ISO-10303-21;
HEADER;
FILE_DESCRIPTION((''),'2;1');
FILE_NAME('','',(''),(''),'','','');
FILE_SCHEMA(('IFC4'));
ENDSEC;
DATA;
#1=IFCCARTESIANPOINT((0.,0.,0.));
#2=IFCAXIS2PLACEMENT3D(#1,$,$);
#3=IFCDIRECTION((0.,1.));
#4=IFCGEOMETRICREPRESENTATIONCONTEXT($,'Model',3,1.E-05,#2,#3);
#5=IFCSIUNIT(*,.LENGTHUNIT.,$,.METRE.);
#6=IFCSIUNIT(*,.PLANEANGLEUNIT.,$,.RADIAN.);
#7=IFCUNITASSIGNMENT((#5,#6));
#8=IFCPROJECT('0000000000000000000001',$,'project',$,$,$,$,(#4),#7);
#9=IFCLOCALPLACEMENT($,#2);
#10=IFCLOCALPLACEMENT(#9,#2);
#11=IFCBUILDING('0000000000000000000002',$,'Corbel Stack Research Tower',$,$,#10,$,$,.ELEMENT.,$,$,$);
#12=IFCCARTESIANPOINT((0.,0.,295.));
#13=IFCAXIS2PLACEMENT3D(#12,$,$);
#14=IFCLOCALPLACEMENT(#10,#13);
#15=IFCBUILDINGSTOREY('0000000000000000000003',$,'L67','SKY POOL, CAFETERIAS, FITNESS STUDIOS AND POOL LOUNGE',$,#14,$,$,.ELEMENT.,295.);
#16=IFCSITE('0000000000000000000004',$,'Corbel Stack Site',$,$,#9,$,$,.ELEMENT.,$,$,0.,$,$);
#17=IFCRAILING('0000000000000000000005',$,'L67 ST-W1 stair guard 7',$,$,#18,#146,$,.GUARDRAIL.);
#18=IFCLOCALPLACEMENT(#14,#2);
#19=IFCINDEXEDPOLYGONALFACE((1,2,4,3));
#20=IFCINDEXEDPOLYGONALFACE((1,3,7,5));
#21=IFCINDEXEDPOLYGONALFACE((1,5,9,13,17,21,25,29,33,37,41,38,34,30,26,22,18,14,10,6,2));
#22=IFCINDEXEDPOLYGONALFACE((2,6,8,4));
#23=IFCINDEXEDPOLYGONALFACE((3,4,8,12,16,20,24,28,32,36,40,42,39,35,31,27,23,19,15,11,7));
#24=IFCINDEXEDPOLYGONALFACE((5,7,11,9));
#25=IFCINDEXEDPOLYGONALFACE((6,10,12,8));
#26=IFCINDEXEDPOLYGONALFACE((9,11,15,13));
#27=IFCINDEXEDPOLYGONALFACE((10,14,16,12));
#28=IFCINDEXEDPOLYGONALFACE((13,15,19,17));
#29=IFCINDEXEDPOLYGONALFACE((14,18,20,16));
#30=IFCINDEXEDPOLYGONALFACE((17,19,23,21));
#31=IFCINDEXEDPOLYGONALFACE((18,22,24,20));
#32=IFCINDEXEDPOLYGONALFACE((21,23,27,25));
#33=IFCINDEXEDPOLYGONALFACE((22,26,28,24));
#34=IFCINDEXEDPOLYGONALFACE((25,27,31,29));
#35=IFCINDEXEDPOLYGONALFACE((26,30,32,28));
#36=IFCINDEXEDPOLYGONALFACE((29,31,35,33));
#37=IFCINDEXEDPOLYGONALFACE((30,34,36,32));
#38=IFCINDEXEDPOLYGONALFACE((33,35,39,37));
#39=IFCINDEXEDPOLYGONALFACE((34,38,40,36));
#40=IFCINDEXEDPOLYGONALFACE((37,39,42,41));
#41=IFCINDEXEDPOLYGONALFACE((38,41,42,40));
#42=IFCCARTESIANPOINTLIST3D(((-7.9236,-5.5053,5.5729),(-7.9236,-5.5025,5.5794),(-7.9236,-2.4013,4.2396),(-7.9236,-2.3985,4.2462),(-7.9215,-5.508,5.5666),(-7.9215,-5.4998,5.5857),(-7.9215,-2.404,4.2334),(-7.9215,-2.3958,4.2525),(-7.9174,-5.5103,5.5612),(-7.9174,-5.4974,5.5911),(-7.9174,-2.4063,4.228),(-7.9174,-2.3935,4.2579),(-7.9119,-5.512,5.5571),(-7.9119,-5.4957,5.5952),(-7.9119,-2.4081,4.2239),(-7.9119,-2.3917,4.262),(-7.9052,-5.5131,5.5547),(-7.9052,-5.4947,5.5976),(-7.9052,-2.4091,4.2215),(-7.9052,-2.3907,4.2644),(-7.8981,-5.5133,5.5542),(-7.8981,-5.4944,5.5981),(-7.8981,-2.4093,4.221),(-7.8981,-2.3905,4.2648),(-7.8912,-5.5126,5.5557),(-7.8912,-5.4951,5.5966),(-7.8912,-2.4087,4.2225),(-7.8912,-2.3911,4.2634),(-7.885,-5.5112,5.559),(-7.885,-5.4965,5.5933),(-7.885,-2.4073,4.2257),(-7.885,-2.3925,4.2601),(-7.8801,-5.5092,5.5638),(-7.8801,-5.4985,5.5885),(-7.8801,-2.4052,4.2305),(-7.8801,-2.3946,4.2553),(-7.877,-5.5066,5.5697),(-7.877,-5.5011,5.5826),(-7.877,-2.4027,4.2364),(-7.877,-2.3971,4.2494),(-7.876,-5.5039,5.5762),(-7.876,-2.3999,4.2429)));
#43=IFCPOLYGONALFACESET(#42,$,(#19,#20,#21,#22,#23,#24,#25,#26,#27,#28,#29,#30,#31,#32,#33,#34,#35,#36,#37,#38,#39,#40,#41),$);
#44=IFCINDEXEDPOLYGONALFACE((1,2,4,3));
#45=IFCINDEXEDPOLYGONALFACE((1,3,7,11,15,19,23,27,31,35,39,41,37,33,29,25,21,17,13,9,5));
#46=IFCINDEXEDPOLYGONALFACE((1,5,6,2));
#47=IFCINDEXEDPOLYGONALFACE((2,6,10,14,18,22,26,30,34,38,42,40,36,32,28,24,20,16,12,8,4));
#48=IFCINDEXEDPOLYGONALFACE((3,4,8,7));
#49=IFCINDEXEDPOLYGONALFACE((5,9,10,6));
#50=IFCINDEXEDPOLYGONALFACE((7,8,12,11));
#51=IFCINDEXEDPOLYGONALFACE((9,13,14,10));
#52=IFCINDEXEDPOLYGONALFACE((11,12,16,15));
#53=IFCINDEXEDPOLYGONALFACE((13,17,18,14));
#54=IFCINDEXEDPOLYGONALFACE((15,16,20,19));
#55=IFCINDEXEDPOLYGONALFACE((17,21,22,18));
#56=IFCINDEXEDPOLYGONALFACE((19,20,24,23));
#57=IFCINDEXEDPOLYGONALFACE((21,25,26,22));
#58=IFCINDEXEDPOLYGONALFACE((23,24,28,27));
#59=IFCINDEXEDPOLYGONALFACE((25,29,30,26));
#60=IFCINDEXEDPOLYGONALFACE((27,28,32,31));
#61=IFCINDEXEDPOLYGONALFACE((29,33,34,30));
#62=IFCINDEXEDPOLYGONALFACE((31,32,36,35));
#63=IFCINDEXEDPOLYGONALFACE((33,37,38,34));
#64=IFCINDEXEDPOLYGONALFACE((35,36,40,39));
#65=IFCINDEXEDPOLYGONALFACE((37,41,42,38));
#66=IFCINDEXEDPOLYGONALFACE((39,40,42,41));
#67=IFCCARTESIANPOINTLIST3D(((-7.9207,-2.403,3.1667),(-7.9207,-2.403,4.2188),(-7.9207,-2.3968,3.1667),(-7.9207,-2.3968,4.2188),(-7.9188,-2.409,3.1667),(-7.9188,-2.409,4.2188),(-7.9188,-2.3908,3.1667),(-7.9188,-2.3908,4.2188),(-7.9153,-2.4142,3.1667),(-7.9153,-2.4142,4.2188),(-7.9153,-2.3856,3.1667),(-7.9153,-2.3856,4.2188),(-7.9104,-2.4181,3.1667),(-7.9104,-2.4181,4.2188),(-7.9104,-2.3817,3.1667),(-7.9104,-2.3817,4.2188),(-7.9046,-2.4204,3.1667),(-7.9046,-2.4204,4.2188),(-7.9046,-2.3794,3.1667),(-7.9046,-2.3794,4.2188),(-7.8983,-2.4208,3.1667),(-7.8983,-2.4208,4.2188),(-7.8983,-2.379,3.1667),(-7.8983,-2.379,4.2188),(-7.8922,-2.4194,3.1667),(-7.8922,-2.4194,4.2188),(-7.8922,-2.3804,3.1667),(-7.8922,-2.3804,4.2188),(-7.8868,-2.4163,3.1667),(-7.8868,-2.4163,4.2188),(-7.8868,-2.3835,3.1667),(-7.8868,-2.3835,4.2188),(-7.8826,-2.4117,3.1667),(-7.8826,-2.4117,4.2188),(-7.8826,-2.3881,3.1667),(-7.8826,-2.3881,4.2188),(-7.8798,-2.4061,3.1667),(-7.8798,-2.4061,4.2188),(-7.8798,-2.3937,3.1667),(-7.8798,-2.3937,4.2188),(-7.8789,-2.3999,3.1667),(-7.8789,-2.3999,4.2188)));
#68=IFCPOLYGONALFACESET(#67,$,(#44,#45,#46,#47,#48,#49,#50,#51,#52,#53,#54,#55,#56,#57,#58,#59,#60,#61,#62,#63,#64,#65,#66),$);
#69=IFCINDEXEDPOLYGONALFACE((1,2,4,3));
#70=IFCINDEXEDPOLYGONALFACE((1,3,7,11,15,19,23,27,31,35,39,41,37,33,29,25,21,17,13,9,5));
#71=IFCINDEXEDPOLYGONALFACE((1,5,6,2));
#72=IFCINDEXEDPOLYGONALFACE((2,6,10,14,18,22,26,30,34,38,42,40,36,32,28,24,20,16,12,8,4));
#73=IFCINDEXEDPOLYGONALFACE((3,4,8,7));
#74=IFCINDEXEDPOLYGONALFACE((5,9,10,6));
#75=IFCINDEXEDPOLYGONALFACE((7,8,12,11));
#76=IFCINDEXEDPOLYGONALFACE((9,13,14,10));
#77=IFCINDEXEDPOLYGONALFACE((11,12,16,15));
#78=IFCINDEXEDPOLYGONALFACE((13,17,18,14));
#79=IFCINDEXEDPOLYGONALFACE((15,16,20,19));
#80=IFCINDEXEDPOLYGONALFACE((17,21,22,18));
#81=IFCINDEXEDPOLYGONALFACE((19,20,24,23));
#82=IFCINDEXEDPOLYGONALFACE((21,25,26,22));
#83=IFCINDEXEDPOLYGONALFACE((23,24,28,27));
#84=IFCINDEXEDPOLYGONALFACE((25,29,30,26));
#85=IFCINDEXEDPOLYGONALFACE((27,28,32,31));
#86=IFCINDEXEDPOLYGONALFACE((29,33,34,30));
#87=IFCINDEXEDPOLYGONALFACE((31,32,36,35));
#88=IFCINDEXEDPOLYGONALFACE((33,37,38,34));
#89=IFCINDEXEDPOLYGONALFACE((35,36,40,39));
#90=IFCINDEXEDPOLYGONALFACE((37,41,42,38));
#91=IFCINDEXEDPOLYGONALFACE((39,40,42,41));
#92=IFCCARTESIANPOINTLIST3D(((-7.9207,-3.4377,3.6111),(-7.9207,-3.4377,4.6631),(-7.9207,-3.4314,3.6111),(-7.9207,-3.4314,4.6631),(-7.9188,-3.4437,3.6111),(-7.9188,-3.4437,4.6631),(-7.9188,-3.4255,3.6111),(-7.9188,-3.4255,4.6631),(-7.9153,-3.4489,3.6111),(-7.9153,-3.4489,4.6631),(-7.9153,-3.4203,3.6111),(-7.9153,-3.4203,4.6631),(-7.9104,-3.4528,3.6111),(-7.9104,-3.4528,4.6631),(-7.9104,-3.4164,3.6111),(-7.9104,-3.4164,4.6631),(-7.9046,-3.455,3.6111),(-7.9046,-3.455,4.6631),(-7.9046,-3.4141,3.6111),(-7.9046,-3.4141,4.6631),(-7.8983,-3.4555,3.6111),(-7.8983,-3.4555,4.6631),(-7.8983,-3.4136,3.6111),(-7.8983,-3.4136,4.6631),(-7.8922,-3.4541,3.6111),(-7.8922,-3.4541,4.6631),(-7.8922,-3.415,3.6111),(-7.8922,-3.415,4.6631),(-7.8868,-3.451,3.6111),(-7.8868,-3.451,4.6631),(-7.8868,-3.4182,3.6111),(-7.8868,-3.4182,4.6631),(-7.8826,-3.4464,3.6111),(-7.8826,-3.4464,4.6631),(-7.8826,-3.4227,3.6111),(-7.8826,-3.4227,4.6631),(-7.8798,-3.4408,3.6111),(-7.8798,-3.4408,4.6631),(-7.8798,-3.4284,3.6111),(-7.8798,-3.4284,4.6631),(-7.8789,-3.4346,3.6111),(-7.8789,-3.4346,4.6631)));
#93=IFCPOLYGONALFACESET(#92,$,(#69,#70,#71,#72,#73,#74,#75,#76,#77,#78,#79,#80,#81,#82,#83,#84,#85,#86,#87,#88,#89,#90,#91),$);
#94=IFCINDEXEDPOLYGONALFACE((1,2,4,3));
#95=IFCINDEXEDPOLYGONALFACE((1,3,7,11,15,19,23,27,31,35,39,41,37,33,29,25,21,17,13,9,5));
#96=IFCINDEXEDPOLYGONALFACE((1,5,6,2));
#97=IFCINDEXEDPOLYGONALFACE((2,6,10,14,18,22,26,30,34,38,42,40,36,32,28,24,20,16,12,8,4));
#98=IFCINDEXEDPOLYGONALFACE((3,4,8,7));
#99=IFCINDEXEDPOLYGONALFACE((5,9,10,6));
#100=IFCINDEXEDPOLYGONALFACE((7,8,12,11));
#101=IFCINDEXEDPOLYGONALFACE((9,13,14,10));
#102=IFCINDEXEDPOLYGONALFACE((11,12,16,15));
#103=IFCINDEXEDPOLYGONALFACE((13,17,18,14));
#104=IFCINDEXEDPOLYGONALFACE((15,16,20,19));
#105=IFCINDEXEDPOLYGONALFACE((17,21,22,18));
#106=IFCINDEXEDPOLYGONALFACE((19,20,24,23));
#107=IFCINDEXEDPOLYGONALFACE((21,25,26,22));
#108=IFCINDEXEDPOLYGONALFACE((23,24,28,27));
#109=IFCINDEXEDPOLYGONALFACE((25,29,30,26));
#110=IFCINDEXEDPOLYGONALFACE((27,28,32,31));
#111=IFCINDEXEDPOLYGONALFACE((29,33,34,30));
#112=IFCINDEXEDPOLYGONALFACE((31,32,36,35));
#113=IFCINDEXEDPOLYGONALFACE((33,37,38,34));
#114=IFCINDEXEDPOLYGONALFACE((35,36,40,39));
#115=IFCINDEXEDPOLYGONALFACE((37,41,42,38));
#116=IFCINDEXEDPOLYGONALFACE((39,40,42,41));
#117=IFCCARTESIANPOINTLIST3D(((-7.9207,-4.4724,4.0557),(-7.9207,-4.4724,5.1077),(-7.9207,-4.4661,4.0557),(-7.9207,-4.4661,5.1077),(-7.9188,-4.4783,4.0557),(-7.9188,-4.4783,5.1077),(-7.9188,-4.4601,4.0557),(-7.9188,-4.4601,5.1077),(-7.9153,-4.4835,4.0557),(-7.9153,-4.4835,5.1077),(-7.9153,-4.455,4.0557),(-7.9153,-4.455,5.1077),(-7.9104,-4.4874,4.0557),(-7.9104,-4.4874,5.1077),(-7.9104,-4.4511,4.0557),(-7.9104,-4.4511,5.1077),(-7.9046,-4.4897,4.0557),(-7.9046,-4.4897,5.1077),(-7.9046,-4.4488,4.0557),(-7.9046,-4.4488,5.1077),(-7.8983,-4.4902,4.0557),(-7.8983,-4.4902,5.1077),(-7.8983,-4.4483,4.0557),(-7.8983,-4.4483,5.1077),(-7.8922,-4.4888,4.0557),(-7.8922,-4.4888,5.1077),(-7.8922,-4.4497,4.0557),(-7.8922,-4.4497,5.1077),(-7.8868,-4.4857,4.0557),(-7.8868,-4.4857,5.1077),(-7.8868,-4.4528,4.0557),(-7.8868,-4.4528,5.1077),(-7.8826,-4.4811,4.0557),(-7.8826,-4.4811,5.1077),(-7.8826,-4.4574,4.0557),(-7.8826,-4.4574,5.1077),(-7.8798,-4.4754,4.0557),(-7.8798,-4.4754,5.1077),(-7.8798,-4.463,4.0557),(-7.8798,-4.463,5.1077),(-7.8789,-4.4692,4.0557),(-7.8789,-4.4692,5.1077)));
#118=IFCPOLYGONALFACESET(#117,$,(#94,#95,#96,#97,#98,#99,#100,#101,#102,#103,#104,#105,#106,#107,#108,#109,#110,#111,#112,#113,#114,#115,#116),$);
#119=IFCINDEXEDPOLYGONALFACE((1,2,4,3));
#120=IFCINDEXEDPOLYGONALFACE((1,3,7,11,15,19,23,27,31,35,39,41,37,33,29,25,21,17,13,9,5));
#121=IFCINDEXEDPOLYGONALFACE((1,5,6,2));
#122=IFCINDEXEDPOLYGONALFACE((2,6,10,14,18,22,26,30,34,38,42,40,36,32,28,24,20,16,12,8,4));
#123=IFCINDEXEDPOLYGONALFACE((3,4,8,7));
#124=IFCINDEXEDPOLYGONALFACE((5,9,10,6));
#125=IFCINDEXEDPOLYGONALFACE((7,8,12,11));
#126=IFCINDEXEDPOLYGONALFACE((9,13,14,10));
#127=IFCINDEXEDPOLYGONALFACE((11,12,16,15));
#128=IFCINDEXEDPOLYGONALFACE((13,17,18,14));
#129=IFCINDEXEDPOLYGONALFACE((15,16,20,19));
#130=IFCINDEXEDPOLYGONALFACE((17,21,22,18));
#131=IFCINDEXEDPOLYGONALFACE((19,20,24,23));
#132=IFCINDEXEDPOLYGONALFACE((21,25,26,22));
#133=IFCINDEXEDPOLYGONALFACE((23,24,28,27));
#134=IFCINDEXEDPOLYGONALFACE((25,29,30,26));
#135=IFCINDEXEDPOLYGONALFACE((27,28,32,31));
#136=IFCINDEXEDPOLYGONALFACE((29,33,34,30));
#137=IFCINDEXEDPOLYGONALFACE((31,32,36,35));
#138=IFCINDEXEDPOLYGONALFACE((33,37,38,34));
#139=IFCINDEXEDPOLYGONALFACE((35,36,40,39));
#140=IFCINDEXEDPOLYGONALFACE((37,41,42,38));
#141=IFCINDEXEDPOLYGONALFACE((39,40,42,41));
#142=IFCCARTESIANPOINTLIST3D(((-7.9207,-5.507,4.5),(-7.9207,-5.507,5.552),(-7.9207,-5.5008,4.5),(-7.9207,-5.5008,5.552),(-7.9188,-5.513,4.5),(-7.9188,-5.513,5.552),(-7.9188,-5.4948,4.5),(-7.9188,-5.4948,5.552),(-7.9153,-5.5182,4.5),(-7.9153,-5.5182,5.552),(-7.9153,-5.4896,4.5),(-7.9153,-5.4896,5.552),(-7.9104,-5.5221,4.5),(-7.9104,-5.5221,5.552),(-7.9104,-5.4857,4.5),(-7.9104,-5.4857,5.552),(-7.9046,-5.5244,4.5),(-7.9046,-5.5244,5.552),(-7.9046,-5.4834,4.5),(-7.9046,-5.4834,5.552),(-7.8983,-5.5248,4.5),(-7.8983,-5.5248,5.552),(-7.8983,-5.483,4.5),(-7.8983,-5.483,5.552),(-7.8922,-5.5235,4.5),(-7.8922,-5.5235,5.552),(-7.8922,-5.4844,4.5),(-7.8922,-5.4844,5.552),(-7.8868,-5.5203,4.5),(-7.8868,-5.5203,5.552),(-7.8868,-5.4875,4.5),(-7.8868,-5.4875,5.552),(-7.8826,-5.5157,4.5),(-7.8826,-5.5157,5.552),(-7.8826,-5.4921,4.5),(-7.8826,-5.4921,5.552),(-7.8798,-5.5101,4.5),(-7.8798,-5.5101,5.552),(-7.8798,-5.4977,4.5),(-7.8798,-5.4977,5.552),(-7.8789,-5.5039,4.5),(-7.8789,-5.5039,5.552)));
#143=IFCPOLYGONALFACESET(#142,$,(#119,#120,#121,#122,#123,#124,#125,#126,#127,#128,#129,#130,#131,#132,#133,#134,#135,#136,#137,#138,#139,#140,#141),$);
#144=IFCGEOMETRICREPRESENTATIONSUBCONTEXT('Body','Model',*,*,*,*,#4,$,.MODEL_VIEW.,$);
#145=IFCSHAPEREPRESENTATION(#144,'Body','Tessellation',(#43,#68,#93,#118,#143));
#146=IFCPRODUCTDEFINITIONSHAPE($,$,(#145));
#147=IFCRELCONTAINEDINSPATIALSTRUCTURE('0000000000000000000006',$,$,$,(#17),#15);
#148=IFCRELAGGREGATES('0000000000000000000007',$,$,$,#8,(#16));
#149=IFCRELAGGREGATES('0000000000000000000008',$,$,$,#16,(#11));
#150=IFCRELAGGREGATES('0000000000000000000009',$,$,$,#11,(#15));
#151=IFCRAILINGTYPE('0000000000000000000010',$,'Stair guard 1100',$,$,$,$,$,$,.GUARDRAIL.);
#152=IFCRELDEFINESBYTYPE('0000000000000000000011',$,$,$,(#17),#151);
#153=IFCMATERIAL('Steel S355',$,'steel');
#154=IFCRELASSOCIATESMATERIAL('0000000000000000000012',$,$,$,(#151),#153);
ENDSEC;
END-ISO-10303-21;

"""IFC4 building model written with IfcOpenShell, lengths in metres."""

from ifc_helpers import new_model, si_unit, direction, frame, origin, origin_2d, place, context, subcontext, project, spatial, circle, extrude, material, type_object, element, save


model = new_model("IFC4")

# Units and contexts
model_context = context("Model", 3, precision=1e-05, world=origin(), true_north=direction((0.0, 1.0)))
body_context = subcontext(model_context, "Body", "Model", "MODEL_VIEW")
ifc_project = project(units=[si_unit("LENGTHUNIT", "METRE"), si_unit("PLANEANGLEUNIT", "RADIAN")], contexts=[model_context])

# Site, building, storey
site_placement = place(None, origin())
site = spatial("IfcSite", under=ifc_project, at=site_placement, Name="Corbel Stack Site", CompositionType="ELEMENT", RefElevation=0.0)
building_placement = place(site_placement, origin())
building = spatial("IfcBuilding", under=site, at=building_placement, Name="Corbel Stack Research Tower", CompositionType="ELEMENT")
storey_placement = place(building_placement, frame((0.0, 0.0, 295.0)))
storey = spatial("IfcBuildingStorey", under=building, at=storey_placement, Name="L67", Description="SKY POOL, CAFETERIAS, FITNESS STUDIOS AND POOL LOUNGE", CompositionType="ELEMENT", Elevation=295.0)

# Railing
ifc_material_1 = material(Name="Steel S355", Category="steel")
railing_type_1 = type_object("IfcRailingType", Name="Stair guard 1100", PredefinedType="GUARDRAIL", material=ifc_material_1)
railing_1_placement = place(storey_placement, frame((-7.8999, -2.3999, 3.1667)))
element("IfcRailing", 1, at=railing_1_placement, inside=storey, type_object=railing_type_1, Name="L67 ST-W1 stair guard 7", PredefinedType="GUARDRAIL", context=body_context, shape_type="SweptSolid", body=[
    extrude(circle(Radius=0.0239, at=origin_2d()), frame((0.0, 0.0, 1.0762), z_axis=(0.0, -0.918827, 0.394661), x_axis=(1.0, 0.0, 0.0)), (0.0, 0.0, 1.0), 3.3782),
    extrude(circle(Radius=0.021, at=origin_2d()), origin(), (0.0, 0.0, 1.0), 1.052),
    extrude(circle(Radius=0.021, at=origin_2d()), frame((0.0, -1.0347, 0.4443)), (0.0, 0.0, 1.0), 1.052),
    extrude(circle(Radius=0.021, at=origin_2d()), frame((0.0, -2.0693, 0.8889)), (0.0, 0.0, 1.0), 1.052),
    extrude(circle(Radius=0.021, at=origin_2d()), frame((0.0, -3.104, 1.3333)), (0.0, 0.0, 1.0), 1.052),
])

save(model, "model.ifc")
